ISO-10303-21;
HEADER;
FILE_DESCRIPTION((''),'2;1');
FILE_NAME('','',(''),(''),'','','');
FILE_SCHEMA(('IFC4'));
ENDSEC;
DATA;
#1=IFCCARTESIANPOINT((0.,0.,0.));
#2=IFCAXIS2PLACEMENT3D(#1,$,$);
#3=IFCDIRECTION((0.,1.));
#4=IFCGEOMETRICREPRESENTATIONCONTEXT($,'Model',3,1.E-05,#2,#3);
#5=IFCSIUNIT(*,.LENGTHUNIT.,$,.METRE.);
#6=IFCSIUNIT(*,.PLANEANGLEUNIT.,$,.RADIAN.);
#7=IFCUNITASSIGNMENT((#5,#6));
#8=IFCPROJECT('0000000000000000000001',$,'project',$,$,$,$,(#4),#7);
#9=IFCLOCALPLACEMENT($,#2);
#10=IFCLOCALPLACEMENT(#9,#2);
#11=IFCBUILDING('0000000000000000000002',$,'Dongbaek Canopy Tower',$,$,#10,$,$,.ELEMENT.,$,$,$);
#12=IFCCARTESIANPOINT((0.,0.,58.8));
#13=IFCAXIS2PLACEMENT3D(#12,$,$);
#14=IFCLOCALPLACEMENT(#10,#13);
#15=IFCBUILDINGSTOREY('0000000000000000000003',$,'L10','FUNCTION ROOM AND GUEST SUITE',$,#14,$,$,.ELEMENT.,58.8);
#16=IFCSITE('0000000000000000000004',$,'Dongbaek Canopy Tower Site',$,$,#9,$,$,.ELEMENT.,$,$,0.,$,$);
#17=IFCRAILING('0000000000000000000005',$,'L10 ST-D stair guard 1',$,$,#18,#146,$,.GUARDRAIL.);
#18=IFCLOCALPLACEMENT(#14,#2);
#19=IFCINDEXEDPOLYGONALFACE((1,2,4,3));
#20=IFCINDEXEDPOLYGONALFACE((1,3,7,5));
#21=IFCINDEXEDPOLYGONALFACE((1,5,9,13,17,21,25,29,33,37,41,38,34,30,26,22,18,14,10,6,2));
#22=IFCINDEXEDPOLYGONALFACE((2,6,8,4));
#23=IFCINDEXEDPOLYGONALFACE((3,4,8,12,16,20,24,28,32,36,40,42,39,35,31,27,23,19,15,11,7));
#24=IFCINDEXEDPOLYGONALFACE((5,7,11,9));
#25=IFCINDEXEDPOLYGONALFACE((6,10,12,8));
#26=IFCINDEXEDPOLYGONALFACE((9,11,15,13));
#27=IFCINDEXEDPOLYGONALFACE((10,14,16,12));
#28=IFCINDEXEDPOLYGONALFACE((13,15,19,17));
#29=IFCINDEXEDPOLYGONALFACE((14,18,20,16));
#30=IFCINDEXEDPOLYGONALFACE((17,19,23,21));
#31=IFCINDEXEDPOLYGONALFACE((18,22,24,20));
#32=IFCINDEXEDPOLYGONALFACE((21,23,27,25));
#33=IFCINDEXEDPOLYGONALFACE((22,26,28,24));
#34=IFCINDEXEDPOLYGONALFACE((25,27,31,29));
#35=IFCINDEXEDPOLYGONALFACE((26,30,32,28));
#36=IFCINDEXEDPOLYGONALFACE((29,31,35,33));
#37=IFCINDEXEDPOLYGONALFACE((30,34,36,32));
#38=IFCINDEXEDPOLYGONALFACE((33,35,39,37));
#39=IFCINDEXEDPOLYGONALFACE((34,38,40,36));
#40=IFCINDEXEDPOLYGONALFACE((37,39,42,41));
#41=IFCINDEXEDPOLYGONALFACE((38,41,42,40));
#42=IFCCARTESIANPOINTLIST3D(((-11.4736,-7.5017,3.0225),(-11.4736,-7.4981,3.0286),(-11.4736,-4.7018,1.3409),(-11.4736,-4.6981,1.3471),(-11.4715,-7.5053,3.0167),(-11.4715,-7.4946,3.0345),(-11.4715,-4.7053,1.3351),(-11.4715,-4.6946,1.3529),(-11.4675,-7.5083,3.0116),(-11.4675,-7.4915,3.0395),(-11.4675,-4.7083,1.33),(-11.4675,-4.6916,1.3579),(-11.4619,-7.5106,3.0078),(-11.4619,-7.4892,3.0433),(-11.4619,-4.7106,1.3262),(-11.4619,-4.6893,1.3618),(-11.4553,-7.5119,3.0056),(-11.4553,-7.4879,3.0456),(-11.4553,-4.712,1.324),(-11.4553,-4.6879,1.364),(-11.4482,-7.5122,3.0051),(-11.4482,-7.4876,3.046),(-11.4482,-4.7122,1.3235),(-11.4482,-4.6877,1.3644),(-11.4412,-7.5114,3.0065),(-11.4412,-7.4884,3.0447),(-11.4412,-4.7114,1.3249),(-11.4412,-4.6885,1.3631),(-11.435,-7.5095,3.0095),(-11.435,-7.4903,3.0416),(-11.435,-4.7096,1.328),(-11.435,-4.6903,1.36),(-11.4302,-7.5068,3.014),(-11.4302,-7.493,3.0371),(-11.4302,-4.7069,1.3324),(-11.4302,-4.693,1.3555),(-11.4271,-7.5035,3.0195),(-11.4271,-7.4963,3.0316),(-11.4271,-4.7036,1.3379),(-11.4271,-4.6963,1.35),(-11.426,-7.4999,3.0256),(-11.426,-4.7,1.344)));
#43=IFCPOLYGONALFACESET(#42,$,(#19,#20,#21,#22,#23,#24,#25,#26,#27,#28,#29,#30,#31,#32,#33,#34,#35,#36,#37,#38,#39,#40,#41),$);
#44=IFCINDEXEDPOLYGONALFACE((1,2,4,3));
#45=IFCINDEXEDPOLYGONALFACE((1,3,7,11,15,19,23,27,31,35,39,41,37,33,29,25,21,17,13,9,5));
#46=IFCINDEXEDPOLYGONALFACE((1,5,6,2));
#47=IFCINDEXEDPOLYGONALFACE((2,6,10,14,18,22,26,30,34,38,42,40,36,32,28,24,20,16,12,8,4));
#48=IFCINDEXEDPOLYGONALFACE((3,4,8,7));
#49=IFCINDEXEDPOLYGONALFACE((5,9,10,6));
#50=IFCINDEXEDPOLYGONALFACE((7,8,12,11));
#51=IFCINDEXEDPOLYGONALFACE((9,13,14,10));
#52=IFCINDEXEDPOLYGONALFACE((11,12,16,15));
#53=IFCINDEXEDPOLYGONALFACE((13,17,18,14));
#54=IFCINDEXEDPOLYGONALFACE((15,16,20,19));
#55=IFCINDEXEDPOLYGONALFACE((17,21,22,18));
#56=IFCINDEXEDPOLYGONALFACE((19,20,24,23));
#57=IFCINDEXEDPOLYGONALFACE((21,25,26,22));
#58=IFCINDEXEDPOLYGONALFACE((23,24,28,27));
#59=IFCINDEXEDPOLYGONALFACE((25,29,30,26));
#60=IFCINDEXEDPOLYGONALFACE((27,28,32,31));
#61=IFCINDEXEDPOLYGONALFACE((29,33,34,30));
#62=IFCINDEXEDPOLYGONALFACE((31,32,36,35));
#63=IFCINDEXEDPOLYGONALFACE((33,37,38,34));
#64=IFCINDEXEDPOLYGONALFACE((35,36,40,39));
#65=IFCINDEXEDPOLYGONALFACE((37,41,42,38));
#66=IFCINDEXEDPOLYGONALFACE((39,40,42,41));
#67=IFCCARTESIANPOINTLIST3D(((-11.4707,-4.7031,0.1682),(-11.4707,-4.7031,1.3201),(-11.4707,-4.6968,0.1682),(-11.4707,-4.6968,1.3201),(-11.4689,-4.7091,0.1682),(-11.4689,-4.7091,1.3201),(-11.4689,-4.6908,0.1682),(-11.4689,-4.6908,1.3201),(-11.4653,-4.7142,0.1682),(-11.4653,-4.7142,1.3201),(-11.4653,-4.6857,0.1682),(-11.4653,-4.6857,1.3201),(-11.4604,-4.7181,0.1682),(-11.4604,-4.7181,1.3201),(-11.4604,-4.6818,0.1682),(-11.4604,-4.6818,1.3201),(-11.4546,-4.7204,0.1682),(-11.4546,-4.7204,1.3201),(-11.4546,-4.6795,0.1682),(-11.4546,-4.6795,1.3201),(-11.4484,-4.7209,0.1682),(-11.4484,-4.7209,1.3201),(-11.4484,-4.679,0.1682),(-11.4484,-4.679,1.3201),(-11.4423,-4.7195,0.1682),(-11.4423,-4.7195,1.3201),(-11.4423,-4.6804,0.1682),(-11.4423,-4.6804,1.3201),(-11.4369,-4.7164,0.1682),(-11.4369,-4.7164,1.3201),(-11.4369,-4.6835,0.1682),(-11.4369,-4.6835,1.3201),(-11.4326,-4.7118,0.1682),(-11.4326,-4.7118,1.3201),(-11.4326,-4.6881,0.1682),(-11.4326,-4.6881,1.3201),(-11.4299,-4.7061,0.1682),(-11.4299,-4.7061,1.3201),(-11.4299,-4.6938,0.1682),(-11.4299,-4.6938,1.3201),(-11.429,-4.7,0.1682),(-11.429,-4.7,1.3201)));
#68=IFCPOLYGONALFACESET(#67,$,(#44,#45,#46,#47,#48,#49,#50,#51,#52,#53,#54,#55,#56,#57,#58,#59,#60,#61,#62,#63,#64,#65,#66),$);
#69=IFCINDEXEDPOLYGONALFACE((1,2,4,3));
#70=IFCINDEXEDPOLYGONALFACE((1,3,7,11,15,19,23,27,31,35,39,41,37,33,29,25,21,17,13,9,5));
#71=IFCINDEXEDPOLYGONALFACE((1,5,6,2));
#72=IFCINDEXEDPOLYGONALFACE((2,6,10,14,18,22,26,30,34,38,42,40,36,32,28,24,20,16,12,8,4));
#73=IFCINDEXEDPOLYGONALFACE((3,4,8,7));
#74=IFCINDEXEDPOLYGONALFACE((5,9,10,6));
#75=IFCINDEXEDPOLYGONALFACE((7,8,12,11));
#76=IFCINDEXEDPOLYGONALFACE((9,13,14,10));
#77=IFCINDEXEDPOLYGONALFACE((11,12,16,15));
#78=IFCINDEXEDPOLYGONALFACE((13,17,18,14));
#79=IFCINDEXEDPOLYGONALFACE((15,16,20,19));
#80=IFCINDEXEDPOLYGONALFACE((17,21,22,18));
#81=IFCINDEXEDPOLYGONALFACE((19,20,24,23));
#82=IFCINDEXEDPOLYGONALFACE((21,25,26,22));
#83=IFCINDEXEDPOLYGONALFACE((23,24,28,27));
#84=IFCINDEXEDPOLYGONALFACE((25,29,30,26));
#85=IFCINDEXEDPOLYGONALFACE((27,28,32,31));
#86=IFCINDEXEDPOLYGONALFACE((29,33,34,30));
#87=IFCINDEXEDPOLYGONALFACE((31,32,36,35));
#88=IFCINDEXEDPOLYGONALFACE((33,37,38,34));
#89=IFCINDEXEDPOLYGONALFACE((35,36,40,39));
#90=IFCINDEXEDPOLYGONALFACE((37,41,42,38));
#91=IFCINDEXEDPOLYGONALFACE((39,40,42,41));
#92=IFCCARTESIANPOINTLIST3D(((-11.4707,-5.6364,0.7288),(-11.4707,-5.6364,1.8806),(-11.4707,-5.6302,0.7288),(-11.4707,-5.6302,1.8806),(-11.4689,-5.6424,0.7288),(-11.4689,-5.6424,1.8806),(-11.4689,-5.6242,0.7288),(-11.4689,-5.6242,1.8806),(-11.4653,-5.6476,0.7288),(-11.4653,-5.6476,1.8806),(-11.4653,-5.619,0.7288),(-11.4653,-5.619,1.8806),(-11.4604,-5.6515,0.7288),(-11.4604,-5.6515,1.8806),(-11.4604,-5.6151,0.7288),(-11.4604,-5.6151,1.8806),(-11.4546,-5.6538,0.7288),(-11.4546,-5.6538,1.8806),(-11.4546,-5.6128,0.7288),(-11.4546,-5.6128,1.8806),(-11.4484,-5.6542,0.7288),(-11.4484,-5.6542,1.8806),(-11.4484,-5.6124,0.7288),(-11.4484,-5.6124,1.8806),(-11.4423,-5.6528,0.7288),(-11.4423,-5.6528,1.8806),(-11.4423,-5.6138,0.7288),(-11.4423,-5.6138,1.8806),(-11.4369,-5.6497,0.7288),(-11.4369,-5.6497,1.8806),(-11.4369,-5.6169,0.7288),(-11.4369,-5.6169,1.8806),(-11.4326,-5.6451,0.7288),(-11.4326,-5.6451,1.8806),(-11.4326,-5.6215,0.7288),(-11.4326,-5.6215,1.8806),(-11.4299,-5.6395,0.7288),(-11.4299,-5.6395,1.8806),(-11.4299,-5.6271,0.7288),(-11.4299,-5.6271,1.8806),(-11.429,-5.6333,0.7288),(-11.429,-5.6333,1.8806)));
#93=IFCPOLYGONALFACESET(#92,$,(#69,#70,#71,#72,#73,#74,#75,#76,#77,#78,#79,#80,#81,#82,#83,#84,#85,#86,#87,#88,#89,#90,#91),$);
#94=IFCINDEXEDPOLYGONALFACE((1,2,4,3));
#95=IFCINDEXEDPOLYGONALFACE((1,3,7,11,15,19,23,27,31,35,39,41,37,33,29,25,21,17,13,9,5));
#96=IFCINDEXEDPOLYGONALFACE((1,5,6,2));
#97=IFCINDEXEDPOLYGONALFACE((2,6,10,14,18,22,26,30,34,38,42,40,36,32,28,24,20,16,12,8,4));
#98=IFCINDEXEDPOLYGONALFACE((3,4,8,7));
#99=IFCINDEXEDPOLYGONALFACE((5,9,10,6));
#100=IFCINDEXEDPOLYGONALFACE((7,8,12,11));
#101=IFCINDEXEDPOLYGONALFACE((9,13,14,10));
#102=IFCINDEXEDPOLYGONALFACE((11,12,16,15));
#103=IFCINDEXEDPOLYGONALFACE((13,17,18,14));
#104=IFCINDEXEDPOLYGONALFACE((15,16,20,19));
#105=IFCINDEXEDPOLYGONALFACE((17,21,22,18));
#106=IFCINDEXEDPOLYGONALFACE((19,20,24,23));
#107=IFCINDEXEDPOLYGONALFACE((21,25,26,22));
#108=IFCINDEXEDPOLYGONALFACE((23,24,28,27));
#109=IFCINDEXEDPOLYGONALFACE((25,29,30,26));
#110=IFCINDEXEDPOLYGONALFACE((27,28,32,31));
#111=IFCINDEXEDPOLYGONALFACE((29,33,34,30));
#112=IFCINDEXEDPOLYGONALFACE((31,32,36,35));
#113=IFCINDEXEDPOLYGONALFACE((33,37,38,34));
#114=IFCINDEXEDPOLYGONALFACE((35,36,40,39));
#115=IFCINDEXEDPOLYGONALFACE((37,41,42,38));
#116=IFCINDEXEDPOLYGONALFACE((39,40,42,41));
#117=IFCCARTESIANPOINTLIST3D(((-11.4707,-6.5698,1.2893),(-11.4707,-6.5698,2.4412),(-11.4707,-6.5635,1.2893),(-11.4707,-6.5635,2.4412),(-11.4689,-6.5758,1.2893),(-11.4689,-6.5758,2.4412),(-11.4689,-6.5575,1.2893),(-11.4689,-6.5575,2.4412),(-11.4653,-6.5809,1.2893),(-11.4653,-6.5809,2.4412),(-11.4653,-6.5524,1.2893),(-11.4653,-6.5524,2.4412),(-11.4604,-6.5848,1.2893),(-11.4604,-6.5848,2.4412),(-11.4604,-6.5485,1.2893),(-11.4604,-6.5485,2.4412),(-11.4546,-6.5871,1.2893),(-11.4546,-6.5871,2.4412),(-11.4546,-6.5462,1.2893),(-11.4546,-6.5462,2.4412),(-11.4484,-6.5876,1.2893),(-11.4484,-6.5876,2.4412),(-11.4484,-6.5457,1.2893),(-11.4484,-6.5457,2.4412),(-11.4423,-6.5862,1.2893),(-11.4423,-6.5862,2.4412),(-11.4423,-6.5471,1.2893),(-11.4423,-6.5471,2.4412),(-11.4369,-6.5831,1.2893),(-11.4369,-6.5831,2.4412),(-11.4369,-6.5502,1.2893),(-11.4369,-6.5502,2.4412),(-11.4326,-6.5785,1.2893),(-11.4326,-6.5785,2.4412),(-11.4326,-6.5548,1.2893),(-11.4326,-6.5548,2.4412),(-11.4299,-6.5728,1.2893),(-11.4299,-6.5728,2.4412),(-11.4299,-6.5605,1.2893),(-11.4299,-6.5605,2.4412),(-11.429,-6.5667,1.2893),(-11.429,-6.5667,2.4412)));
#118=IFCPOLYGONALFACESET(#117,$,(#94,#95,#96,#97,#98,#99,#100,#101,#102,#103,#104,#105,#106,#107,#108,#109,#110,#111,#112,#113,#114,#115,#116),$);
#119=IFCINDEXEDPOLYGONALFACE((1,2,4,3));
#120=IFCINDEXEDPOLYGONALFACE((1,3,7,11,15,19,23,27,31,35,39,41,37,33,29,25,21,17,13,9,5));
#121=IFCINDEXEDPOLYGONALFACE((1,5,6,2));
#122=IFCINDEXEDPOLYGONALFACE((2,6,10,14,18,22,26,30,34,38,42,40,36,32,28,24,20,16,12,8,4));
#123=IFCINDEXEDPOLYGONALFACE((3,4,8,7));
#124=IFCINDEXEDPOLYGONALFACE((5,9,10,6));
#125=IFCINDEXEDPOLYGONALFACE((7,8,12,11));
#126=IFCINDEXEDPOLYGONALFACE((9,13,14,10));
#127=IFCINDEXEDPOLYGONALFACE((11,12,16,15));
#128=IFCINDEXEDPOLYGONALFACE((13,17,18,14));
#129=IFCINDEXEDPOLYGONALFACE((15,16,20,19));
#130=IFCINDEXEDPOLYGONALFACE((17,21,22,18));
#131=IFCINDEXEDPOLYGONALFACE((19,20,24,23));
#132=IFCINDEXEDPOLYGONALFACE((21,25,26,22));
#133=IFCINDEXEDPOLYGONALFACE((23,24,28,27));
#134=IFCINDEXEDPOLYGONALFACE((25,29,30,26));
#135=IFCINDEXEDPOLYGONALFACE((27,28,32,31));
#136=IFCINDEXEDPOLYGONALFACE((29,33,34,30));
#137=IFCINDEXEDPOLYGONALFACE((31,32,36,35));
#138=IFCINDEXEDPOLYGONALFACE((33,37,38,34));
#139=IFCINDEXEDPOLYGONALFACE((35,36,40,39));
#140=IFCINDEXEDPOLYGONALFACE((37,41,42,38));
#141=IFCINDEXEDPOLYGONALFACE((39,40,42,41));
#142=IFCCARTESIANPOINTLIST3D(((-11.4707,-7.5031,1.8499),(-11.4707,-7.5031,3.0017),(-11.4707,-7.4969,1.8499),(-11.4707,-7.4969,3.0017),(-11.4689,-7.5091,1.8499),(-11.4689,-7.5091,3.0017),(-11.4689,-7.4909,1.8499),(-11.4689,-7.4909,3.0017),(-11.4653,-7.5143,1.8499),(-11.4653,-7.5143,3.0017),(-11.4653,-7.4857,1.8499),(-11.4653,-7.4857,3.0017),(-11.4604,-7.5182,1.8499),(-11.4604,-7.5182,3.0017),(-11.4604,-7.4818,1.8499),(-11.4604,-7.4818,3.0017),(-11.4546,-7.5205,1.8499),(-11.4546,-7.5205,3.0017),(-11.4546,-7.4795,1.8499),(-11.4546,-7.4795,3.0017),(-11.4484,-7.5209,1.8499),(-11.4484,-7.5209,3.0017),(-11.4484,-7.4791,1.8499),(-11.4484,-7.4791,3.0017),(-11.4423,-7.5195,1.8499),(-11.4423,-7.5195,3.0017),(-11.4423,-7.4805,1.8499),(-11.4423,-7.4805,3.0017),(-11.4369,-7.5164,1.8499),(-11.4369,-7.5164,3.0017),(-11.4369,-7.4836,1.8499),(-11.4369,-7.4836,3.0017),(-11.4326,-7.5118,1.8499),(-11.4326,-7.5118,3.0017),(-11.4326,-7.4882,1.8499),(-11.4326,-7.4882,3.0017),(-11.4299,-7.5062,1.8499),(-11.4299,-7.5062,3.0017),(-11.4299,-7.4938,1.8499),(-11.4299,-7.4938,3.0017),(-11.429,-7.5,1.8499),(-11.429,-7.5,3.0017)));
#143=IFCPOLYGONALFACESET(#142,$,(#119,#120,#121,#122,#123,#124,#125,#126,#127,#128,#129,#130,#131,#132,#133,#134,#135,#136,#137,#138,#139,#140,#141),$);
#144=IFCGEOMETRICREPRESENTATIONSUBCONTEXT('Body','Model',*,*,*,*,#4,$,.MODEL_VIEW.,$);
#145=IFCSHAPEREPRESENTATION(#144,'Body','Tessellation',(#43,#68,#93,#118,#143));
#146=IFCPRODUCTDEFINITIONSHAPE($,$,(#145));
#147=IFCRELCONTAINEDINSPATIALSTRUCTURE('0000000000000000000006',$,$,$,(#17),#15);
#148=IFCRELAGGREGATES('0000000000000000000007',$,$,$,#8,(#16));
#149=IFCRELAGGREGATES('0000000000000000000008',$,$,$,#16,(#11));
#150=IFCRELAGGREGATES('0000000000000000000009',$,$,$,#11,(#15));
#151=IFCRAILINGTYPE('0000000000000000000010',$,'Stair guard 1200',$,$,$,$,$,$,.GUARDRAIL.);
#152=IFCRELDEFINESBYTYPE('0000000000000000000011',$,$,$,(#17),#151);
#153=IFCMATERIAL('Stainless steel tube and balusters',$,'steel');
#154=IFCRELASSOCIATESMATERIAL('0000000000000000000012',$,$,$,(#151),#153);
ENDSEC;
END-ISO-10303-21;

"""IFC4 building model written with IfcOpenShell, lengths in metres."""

from ifc_helpers import new_model, si_unit, direction, frame, origin, origin_2d, place, context, subcontext, project, spatial, circle, extrude, material, type_object, element, save


model = new_model("IFC4")

# Units and contexts
model_context = context("Model", 3, precision=1e-05, world=origin(), true_north=direction((0.0, 1.0)))
body_context = subcontext(model_context, "Body", "Model", "MODEL_VIEW")
ifc_project = project(units=[si_unit("LENGTHUNIT", "METRE"), si_unit("PLANEANGLEUNIT", "RADIAN")], contexts=[model_context])

# Site, building, storey
site_placement = place(None, origin())
site = spatial("IfcSite", under=ifc_project, at=site_placement, Name="Dongbaek Canopy Tower Site", CompositionType="ELEMENT", RefElevation=0.0)
building_placement = place(site_placement, origin())
building = spatial("IfcBuilding", under=site, at=building_placement, Name="Dongbaek Canopy Tower", CompositionType="ELEMENT")
storey_placement = place(building_placement, frame((0.0, 0.0, 58.8)))
storey = spatial("IfcBuildingStorey", under=building, at=storey_placement, Name="L10", Description="FUNCTION ROOM AND GUEST SUITE", CompositionType="ELEMENT", Elevation=58.8)

# Railing
ifc_material_1 = material(Name="Stainless steel tube and balusters", Category="steel")
railing_type_1 = type_object("IfcRailingType", Name="Stair guard 1200", PredefinedType="GUARDRAIL", material=ifc_material_1)
railing_1_placement = place(storey_placement, frame((-11.45, -4.7, 0.1682)))
element("IfcRailing", 1, at=railing_1_placement, inside=storey, type_object=railing_type_1, Name="L10 ST-D stair guard 1", PredefinedType="GUARDRAIL", context=body_context, shape_type="SweptSolid", body=[
    extrude(circle(Radius=0.0239, at=origin_2d()), frame((0.0, 0.0, 1.1758), z_axis=(0.0, -0.857275, 0.514858), x_axis=(1.0, 0.0, 0.0)), (0.0, 0.0, 1.0), 3.2661),
    extrude(circle(Radius=0.021, at=origin_2d()), origin(), (0.0, 0.0, 1.0), 1.1519),
    extrude(circle(Radius=0.021, at=origin_2d()), frame((0.0, -0.9333, 0.5605)), (0.0, 0.0, 1.0), 1.1519),
    extrude(circle(Radius=0.021, at=origin_2d()), frame((0.0, -1.8667, 1.1211)), (0.0, 0.0, 1.0), 1.1519),
    extrude(circle(Radius=0.021, at=origin_2d()), frame((0.0, -2.8, 1.6816)), (0.0, 0.0, 1.0), 1.1519),
])

save(model, "model.ifc")
